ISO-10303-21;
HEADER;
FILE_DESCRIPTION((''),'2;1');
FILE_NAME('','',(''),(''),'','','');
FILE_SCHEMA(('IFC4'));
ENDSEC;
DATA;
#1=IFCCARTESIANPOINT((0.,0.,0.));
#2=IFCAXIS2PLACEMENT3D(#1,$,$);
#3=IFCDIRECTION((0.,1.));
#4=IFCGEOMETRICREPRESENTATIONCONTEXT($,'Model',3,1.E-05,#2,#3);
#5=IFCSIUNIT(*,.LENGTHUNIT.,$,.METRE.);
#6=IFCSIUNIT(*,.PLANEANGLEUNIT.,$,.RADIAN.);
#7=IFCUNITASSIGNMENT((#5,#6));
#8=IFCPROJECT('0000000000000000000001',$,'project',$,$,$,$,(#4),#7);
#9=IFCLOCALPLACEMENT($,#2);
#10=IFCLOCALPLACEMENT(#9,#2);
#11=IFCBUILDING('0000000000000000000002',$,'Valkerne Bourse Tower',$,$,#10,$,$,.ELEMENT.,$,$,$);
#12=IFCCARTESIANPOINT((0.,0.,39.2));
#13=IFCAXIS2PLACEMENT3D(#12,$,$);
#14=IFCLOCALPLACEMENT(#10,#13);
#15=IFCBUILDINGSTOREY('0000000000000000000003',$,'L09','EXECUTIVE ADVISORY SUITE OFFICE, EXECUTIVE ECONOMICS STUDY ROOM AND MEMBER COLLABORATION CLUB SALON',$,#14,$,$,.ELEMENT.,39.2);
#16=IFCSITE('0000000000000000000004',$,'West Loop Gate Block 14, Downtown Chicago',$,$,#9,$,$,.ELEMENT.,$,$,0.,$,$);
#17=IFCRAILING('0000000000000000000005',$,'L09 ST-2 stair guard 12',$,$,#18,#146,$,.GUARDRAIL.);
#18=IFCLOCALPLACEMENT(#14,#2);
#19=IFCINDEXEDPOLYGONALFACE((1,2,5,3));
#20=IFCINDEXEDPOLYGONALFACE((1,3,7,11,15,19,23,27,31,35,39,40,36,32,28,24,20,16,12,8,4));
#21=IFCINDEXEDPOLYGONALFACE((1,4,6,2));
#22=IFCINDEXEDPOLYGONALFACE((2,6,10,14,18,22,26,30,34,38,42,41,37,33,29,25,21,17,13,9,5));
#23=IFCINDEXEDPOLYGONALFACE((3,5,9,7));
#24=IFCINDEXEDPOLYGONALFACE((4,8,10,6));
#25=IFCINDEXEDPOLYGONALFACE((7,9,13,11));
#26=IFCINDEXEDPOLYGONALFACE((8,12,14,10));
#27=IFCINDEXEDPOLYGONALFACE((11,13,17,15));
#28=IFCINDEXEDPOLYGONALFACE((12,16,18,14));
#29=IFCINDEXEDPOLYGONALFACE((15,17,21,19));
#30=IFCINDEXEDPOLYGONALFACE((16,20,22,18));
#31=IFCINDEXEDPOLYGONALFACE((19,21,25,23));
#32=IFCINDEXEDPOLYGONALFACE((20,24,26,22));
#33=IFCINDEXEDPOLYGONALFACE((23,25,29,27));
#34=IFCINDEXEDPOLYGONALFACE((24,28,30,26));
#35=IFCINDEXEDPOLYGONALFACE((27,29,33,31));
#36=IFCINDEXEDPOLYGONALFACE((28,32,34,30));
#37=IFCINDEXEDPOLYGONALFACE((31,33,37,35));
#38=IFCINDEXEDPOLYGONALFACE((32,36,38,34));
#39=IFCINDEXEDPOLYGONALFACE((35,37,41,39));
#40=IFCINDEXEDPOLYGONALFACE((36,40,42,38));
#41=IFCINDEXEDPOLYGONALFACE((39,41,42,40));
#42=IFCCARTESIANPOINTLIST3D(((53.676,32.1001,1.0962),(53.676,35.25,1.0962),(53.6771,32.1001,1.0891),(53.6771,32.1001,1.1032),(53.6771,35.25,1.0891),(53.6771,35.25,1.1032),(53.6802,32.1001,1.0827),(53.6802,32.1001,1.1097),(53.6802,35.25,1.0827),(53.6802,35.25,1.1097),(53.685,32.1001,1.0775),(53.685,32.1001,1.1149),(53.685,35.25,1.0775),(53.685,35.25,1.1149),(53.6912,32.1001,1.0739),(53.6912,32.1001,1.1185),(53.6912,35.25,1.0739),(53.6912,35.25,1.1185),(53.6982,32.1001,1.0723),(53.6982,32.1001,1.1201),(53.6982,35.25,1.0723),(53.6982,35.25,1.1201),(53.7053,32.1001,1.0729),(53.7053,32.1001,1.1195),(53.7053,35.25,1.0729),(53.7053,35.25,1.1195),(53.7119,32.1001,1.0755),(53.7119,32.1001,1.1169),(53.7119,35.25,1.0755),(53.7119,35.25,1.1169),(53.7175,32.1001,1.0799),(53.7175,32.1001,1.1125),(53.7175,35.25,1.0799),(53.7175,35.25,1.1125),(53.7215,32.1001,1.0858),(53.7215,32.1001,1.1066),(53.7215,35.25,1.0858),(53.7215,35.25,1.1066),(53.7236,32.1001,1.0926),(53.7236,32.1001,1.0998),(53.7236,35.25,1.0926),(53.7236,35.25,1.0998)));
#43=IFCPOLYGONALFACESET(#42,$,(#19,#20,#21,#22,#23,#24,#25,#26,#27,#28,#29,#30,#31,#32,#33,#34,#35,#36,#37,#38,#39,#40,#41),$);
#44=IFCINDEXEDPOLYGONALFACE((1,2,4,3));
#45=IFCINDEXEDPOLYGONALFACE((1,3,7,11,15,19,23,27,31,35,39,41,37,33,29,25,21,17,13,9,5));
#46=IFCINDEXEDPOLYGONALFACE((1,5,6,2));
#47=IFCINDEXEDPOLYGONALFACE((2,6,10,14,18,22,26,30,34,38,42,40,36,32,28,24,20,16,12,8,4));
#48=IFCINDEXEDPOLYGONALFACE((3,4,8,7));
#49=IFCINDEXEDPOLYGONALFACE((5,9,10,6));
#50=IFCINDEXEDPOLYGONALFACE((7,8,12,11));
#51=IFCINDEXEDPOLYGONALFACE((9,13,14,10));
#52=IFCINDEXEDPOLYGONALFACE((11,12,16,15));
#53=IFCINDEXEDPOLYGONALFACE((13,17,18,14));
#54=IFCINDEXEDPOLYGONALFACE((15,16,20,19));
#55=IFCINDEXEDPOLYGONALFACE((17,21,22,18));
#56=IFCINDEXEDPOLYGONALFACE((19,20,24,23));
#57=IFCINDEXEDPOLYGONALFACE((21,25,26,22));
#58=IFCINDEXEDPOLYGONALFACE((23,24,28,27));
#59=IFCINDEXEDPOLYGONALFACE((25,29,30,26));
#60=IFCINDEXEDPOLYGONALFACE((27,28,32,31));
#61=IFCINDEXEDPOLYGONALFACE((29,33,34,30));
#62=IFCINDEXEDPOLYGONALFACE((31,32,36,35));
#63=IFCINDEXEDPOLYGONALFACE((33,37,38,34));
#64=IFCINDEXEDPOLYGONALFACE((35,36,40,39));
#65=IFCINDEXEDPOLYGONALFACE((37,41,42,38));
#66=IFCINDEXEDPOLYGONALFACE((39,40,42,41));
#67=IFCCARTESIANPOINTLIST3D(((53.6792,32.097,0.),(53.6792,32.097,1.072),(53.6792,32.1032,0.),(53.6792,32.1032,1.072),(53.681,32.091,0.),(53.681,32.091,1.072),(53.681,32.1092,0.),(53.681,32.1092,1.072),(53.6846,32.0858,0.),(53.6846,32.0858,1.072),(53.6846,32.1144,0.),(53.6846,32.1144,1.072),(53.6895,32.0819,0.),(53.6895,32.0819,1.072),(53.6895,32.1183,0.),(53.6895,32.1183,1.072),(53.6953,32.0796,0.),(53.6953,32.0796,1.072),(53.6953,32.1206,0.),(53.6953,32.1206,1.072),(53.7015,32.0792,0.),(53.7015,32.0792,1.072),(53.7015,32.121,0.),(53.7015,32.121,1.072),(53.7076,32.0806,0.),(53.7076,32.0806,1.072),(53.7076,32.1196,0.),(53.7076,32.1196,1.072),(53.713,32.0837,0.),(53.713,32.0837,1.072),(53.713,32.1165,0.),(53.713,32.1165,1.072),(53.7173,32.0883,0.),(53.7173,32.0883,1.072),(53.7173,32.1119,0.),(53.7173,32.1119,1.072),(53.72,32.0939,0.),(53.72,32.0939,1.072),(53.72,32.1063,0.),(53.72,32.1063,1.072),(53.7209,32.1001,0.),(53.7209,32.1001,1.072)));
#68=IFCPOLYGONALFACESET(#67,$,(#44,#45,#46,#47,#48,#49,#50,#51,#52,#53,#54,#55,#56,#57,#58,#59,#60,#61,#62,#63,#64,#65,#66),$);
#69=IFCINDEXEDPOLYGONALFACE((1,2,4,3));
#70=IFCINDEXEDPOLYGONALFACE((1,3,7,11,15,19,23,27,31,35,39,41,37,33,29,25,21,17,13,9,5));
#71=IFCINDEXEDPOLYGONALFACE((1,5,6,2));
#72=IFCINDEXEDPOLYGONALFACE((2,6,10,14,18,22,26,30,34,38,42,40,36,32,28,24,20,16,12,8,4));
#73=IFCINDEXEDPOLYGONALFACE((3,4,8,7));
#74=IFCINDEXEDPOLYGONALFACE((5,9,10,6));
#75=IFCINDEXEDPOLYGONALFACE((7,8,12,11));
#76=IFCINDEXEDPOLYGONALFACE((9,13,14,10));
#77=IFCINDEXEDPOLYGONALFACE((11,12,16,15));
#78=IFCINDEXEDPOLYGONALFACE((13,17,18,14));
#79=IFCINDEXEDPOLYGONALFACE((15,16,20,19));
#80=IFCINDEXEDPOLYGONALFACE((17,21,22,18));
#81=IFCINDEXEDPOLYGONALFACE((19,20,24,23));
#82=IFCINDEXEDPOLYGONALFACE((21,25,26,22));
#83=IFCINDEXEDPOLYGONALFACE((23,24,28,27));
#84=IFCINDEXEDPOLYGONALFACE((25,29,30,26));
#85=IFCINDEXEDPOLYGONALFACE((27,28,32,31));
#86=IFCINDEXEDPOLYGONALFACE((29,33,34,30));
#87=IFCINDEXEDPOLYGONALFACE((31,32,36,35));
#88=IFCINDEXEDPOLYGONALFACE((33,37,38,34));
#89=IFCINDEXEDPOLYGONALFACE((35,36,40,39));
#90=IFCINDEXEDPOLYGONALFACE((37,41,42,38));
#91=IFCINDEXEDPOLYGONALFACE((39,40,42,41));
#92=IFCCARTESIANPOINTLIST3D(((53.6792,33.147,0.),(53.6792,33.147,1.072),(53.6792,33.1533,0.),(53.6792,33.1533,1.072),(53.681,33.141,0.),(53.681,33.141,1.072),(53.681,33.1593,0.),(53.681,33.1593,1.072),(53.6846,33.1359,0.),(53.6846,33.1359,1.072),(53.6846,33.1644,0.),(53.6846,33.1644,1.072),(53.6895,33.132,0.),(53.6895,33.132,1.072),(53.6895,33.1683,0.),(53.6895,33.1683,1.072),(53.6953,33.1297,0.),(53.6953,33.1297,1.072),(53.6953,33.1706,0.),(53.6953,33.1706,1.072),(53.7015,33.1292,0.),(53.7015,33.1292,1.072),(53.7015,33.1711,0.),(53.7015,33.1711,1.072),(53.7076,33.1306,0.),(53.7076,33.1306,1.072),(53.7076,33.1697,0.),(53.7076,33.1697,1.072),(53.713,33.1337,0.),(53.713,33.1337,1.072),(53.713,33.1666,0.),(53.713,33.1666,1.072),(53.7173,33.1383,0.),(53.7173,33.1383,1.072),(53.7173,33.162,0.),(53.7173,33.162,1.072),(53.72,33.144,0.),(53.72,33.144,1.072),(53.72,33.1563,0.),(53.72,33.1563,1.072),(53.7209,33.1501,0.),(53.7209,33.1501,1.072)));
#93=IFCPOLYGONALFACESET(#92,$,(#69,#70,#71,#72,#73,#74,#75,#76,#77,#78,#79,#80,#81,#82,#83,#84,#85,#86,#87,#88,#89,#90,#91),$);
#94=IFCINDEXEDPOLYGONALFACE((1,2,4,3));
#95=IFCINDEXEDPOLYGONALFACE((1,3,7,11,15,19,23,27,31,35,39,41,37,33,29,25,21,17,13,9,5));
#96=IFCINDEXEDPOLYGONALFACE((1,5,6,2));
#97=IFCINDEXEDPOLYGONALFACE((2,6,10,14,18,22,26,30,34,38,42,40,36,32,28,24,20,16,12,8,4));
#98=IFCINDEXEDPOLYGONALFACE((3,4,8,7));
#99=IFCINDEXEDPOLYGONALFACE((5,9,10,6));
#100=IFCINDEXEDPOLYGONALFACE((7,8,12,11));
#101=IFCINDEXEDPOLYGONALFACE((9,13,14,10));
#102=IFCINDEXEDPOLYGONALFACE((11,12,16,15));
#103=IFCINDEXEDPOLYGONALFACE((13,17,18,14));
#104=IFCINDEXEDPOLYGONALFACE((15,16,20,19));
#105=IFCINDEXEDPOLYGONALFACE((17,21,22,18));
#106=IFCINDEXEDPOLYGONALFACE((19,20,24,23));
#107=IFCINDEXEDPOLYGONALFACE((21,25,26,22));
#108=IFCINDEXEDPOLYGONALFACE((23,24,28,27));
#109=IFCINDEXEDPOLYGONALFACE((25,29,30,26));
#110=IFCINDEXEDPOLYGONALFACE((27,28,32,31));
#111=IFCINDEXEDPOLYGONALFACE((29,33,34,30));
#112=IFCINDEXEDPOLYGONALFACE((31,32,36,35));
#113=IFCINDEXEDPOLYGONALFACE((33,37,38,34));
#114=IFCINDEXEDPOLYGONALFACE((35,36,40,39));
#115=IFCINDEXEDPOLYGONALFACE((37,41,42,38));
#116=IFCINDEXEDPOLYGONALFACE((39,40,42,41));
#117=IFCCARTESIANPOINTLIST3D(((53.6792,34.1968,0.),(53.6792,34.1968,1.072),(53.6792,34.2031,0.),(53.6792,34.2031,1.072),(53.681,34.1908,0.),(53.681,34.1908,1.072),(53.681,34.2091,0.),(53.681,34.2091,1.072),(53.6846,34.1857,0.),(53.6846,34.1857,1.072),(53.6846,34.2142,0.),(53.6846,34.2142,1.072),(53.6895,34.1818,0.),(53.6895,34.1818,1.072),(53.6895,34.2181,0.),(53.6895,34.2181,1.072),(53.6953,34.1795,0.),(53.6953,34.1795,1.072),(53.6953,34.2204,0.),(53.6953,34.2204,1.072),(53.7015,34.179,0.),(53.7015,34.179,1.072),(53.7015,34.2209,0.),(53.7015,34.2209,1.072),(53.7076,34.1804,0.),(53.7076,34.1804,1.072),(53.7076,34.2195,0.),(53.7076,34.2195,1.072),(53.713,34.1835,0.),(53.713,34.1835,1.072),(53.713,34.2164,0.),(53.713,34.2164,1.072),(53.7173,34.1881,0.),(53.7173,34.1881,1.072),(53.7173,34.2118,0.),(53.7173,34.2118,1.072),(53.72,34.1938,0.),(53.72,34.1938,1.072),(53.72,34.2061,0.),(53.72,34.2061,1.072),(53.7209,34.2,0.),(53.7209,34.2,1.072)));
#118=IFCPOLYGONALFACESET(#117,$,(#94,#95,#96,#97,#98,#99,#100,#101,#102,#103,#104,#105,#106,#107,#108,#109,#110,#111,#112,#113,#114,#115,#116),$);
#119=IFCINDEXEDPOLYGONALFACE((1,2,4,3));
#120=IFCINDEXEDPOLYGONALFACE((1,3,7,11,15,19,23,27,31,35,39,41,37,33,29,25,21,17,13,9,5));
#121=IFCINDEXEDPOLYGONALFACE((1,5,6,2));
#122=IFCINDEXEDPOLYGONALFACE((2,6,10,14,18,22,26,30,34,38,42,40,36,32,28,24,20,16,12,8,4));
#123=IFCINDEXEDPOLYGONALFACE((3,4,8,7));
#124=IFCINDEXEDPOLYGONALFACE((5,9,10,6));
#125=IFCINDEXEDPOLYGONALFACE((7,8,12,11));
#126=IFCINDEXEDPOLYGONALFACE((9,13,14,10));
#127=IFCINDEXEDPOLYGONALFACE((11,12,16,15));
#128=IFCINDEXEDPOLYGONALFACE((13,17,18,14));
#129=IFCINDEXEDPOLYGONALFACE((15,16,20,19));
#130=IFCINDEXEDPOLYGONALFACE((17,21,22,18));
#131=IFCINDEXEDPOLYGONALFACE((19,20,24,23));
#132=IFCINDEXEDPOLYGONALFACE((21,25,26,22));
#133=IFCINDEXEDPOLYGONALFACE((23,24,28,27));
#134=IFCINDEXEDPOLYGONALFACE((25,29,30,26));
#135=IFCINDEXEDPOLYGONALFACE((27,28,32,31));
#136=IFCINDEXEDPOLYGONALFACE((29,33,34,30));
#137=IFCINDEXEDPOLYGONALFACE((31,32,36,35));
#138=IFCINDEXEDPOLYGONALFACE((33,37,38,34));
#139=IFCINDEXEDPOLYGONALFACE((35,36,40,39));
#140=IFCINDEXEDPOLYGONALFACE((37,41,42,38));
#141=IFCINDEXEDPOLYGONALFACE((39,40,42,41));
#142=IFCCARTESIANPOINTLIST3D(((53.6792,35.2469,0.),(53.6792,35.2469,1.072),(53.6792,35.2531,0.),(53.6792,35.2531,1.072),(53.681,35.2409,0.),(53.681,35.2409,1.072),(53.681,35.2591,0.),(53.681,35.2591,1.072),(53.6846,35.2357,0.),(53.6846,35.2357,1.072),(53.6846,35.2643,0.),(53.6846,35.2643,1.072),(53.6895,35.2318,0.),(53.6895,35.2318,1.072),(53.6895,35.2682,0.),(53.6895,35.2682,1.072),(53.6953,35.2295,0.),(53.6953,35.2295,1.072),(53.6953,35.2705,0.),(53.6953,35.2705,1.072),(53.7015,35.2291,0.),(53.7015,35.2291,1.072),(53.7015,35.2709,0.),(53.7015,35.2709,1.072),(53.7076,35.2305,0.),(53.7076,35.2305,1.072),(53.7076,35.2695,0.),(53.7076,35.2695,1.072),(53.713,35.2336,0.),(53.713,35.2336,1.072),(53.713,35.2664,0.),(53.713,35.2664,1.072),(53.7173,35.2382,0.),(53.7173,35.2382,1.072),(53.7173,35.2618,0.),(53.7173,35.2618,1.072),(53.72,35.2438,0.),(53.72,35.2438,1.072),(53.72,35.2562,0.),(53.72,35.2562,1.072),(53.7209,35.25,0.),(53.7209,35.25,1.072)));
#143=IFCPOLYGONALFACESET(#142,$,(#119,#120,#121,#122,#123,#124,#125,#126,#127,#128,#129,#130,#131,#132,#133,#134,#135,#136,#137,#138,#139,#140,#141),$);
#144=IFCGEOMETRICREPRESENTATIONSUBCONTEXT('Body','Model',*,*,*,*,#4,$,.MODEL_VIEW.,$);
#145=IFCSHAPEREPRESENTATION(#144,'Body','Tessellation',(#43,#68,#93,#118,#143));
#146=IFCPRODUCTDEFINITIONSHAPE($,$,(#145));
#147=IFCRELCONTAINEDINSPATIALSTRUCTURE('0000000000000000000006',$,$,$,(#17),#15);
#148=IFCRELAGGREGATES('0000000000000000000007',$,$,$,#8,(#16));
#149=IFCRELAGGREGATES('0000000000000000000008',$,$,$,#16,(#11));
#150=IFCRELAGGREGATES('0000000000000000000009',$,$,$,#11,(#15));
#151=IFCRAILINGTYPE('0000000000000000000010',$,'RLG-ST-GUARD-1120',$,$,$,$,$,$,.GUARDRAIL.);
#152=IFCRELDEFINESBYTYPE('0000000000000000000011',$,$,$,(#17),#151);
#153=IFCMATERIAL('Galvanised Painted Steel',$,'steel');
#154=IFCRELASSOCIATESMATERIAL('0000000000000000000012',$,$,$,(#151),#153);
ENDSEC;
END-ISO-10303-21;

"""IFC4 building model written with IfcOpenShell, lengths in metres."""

from ifc_helpers import new_model, si_unit, direction, frame, origin, origin_2d, place, context, subcontext, project, spatial, circle, extrude, material, type_object, element, save


model = new_model("IFC4")

# Units and contexts
model_context = context("Model", 3, precision=1e-05, world=origin(), true_north=direction((0.0, 1.0)))
body_context = subcontext(model_context, "Body", "Model", "MODEL_VIEW")
ifc_project = project(units=[si_unit("LENGTHUNIT", "METRE"), si_unit("PLANEANGLEUNIT", "RADIAN")], contexts=[model_context])

# Site, building, storey
site_placement = place(None, origin())
site = spatial("IfcSite", under=ifc_project, at=site_placement, Name="West Loop Gate Block 14, Downtown Chicago", CompositionType="ELEMENT", RefElevation=0.0)
building_placement = place(site_placement, origin())
building = spatial("IfcBuilding", under=site, at=building_placement, Name="Valkerne Bourse Tower", CompositionType="ELEMENT")
storey_placement = place(building_placement, frame((0.0, 0.0, 39.2)))
storey = spatial("IfcBuildingStorey", under=building, at=storey_placement, Name="L09", Description="EXECUTIVE ADVISORY SUITE OFFICE, EXECUTIVE ECONOMICS STUDY ROOM AND MEMBER COLLABORATION CLUB SALON", CompositionType="ELEMENT", Elevation=39.2)

# Railing
ifc_material_1 = material(Name="Galvanised Painted Steel", Category="steel")
railing_type_1 = type_object("IfcRailingType", Name="RLG-ST-GUARD-1120", PredefinedType="GUARDRAIL", material=ifc_material_1)
railing_1_placement = place(storey_placement, frame((53.7, 32.1001, 0.0)))
element("IfcRailing", 1, at=railing_1_placement, inside=storey, type_object=railing_type_1, Name="L09 ST-2 stair guard 12", PredefinedType="GUARDRAIL", context=body_context, shape_type="SweptSolid", body=[
    extrude(circle(Radius=0.0239, at=origin_2d()), frame((0.0, 0.0, 1.0962), z_axis=(0.0, 1.0, 0.0), x_axis=(-1.0, 0.0, 0.0)), (0.0, 0.0, 1.0), 3.1499),
    extrude(circle(Radius=0.021, at=origin_2d()), origin(), (0.0, 0.0, 1.0), 1.072),
    extrude(circle(Radius=0.021, at=origin_2d()), frame((0.0, 1.05, 0.0)), (0.0, 0.0, 1.0), 1.072),
    extrude(circle(Radius=0.021, at=origin_2d()), frame((0.0, 2.0999, 0.0)), (0.0, 0.0, 1.0), 1.072),
    extrude(circle(Radius=0.021, at=origin_2d()), frame((0.0, 3.1499, 0.0)), (0.0, 0.0, 1.0), 1.072),
])

save(model, "model.ifc")
